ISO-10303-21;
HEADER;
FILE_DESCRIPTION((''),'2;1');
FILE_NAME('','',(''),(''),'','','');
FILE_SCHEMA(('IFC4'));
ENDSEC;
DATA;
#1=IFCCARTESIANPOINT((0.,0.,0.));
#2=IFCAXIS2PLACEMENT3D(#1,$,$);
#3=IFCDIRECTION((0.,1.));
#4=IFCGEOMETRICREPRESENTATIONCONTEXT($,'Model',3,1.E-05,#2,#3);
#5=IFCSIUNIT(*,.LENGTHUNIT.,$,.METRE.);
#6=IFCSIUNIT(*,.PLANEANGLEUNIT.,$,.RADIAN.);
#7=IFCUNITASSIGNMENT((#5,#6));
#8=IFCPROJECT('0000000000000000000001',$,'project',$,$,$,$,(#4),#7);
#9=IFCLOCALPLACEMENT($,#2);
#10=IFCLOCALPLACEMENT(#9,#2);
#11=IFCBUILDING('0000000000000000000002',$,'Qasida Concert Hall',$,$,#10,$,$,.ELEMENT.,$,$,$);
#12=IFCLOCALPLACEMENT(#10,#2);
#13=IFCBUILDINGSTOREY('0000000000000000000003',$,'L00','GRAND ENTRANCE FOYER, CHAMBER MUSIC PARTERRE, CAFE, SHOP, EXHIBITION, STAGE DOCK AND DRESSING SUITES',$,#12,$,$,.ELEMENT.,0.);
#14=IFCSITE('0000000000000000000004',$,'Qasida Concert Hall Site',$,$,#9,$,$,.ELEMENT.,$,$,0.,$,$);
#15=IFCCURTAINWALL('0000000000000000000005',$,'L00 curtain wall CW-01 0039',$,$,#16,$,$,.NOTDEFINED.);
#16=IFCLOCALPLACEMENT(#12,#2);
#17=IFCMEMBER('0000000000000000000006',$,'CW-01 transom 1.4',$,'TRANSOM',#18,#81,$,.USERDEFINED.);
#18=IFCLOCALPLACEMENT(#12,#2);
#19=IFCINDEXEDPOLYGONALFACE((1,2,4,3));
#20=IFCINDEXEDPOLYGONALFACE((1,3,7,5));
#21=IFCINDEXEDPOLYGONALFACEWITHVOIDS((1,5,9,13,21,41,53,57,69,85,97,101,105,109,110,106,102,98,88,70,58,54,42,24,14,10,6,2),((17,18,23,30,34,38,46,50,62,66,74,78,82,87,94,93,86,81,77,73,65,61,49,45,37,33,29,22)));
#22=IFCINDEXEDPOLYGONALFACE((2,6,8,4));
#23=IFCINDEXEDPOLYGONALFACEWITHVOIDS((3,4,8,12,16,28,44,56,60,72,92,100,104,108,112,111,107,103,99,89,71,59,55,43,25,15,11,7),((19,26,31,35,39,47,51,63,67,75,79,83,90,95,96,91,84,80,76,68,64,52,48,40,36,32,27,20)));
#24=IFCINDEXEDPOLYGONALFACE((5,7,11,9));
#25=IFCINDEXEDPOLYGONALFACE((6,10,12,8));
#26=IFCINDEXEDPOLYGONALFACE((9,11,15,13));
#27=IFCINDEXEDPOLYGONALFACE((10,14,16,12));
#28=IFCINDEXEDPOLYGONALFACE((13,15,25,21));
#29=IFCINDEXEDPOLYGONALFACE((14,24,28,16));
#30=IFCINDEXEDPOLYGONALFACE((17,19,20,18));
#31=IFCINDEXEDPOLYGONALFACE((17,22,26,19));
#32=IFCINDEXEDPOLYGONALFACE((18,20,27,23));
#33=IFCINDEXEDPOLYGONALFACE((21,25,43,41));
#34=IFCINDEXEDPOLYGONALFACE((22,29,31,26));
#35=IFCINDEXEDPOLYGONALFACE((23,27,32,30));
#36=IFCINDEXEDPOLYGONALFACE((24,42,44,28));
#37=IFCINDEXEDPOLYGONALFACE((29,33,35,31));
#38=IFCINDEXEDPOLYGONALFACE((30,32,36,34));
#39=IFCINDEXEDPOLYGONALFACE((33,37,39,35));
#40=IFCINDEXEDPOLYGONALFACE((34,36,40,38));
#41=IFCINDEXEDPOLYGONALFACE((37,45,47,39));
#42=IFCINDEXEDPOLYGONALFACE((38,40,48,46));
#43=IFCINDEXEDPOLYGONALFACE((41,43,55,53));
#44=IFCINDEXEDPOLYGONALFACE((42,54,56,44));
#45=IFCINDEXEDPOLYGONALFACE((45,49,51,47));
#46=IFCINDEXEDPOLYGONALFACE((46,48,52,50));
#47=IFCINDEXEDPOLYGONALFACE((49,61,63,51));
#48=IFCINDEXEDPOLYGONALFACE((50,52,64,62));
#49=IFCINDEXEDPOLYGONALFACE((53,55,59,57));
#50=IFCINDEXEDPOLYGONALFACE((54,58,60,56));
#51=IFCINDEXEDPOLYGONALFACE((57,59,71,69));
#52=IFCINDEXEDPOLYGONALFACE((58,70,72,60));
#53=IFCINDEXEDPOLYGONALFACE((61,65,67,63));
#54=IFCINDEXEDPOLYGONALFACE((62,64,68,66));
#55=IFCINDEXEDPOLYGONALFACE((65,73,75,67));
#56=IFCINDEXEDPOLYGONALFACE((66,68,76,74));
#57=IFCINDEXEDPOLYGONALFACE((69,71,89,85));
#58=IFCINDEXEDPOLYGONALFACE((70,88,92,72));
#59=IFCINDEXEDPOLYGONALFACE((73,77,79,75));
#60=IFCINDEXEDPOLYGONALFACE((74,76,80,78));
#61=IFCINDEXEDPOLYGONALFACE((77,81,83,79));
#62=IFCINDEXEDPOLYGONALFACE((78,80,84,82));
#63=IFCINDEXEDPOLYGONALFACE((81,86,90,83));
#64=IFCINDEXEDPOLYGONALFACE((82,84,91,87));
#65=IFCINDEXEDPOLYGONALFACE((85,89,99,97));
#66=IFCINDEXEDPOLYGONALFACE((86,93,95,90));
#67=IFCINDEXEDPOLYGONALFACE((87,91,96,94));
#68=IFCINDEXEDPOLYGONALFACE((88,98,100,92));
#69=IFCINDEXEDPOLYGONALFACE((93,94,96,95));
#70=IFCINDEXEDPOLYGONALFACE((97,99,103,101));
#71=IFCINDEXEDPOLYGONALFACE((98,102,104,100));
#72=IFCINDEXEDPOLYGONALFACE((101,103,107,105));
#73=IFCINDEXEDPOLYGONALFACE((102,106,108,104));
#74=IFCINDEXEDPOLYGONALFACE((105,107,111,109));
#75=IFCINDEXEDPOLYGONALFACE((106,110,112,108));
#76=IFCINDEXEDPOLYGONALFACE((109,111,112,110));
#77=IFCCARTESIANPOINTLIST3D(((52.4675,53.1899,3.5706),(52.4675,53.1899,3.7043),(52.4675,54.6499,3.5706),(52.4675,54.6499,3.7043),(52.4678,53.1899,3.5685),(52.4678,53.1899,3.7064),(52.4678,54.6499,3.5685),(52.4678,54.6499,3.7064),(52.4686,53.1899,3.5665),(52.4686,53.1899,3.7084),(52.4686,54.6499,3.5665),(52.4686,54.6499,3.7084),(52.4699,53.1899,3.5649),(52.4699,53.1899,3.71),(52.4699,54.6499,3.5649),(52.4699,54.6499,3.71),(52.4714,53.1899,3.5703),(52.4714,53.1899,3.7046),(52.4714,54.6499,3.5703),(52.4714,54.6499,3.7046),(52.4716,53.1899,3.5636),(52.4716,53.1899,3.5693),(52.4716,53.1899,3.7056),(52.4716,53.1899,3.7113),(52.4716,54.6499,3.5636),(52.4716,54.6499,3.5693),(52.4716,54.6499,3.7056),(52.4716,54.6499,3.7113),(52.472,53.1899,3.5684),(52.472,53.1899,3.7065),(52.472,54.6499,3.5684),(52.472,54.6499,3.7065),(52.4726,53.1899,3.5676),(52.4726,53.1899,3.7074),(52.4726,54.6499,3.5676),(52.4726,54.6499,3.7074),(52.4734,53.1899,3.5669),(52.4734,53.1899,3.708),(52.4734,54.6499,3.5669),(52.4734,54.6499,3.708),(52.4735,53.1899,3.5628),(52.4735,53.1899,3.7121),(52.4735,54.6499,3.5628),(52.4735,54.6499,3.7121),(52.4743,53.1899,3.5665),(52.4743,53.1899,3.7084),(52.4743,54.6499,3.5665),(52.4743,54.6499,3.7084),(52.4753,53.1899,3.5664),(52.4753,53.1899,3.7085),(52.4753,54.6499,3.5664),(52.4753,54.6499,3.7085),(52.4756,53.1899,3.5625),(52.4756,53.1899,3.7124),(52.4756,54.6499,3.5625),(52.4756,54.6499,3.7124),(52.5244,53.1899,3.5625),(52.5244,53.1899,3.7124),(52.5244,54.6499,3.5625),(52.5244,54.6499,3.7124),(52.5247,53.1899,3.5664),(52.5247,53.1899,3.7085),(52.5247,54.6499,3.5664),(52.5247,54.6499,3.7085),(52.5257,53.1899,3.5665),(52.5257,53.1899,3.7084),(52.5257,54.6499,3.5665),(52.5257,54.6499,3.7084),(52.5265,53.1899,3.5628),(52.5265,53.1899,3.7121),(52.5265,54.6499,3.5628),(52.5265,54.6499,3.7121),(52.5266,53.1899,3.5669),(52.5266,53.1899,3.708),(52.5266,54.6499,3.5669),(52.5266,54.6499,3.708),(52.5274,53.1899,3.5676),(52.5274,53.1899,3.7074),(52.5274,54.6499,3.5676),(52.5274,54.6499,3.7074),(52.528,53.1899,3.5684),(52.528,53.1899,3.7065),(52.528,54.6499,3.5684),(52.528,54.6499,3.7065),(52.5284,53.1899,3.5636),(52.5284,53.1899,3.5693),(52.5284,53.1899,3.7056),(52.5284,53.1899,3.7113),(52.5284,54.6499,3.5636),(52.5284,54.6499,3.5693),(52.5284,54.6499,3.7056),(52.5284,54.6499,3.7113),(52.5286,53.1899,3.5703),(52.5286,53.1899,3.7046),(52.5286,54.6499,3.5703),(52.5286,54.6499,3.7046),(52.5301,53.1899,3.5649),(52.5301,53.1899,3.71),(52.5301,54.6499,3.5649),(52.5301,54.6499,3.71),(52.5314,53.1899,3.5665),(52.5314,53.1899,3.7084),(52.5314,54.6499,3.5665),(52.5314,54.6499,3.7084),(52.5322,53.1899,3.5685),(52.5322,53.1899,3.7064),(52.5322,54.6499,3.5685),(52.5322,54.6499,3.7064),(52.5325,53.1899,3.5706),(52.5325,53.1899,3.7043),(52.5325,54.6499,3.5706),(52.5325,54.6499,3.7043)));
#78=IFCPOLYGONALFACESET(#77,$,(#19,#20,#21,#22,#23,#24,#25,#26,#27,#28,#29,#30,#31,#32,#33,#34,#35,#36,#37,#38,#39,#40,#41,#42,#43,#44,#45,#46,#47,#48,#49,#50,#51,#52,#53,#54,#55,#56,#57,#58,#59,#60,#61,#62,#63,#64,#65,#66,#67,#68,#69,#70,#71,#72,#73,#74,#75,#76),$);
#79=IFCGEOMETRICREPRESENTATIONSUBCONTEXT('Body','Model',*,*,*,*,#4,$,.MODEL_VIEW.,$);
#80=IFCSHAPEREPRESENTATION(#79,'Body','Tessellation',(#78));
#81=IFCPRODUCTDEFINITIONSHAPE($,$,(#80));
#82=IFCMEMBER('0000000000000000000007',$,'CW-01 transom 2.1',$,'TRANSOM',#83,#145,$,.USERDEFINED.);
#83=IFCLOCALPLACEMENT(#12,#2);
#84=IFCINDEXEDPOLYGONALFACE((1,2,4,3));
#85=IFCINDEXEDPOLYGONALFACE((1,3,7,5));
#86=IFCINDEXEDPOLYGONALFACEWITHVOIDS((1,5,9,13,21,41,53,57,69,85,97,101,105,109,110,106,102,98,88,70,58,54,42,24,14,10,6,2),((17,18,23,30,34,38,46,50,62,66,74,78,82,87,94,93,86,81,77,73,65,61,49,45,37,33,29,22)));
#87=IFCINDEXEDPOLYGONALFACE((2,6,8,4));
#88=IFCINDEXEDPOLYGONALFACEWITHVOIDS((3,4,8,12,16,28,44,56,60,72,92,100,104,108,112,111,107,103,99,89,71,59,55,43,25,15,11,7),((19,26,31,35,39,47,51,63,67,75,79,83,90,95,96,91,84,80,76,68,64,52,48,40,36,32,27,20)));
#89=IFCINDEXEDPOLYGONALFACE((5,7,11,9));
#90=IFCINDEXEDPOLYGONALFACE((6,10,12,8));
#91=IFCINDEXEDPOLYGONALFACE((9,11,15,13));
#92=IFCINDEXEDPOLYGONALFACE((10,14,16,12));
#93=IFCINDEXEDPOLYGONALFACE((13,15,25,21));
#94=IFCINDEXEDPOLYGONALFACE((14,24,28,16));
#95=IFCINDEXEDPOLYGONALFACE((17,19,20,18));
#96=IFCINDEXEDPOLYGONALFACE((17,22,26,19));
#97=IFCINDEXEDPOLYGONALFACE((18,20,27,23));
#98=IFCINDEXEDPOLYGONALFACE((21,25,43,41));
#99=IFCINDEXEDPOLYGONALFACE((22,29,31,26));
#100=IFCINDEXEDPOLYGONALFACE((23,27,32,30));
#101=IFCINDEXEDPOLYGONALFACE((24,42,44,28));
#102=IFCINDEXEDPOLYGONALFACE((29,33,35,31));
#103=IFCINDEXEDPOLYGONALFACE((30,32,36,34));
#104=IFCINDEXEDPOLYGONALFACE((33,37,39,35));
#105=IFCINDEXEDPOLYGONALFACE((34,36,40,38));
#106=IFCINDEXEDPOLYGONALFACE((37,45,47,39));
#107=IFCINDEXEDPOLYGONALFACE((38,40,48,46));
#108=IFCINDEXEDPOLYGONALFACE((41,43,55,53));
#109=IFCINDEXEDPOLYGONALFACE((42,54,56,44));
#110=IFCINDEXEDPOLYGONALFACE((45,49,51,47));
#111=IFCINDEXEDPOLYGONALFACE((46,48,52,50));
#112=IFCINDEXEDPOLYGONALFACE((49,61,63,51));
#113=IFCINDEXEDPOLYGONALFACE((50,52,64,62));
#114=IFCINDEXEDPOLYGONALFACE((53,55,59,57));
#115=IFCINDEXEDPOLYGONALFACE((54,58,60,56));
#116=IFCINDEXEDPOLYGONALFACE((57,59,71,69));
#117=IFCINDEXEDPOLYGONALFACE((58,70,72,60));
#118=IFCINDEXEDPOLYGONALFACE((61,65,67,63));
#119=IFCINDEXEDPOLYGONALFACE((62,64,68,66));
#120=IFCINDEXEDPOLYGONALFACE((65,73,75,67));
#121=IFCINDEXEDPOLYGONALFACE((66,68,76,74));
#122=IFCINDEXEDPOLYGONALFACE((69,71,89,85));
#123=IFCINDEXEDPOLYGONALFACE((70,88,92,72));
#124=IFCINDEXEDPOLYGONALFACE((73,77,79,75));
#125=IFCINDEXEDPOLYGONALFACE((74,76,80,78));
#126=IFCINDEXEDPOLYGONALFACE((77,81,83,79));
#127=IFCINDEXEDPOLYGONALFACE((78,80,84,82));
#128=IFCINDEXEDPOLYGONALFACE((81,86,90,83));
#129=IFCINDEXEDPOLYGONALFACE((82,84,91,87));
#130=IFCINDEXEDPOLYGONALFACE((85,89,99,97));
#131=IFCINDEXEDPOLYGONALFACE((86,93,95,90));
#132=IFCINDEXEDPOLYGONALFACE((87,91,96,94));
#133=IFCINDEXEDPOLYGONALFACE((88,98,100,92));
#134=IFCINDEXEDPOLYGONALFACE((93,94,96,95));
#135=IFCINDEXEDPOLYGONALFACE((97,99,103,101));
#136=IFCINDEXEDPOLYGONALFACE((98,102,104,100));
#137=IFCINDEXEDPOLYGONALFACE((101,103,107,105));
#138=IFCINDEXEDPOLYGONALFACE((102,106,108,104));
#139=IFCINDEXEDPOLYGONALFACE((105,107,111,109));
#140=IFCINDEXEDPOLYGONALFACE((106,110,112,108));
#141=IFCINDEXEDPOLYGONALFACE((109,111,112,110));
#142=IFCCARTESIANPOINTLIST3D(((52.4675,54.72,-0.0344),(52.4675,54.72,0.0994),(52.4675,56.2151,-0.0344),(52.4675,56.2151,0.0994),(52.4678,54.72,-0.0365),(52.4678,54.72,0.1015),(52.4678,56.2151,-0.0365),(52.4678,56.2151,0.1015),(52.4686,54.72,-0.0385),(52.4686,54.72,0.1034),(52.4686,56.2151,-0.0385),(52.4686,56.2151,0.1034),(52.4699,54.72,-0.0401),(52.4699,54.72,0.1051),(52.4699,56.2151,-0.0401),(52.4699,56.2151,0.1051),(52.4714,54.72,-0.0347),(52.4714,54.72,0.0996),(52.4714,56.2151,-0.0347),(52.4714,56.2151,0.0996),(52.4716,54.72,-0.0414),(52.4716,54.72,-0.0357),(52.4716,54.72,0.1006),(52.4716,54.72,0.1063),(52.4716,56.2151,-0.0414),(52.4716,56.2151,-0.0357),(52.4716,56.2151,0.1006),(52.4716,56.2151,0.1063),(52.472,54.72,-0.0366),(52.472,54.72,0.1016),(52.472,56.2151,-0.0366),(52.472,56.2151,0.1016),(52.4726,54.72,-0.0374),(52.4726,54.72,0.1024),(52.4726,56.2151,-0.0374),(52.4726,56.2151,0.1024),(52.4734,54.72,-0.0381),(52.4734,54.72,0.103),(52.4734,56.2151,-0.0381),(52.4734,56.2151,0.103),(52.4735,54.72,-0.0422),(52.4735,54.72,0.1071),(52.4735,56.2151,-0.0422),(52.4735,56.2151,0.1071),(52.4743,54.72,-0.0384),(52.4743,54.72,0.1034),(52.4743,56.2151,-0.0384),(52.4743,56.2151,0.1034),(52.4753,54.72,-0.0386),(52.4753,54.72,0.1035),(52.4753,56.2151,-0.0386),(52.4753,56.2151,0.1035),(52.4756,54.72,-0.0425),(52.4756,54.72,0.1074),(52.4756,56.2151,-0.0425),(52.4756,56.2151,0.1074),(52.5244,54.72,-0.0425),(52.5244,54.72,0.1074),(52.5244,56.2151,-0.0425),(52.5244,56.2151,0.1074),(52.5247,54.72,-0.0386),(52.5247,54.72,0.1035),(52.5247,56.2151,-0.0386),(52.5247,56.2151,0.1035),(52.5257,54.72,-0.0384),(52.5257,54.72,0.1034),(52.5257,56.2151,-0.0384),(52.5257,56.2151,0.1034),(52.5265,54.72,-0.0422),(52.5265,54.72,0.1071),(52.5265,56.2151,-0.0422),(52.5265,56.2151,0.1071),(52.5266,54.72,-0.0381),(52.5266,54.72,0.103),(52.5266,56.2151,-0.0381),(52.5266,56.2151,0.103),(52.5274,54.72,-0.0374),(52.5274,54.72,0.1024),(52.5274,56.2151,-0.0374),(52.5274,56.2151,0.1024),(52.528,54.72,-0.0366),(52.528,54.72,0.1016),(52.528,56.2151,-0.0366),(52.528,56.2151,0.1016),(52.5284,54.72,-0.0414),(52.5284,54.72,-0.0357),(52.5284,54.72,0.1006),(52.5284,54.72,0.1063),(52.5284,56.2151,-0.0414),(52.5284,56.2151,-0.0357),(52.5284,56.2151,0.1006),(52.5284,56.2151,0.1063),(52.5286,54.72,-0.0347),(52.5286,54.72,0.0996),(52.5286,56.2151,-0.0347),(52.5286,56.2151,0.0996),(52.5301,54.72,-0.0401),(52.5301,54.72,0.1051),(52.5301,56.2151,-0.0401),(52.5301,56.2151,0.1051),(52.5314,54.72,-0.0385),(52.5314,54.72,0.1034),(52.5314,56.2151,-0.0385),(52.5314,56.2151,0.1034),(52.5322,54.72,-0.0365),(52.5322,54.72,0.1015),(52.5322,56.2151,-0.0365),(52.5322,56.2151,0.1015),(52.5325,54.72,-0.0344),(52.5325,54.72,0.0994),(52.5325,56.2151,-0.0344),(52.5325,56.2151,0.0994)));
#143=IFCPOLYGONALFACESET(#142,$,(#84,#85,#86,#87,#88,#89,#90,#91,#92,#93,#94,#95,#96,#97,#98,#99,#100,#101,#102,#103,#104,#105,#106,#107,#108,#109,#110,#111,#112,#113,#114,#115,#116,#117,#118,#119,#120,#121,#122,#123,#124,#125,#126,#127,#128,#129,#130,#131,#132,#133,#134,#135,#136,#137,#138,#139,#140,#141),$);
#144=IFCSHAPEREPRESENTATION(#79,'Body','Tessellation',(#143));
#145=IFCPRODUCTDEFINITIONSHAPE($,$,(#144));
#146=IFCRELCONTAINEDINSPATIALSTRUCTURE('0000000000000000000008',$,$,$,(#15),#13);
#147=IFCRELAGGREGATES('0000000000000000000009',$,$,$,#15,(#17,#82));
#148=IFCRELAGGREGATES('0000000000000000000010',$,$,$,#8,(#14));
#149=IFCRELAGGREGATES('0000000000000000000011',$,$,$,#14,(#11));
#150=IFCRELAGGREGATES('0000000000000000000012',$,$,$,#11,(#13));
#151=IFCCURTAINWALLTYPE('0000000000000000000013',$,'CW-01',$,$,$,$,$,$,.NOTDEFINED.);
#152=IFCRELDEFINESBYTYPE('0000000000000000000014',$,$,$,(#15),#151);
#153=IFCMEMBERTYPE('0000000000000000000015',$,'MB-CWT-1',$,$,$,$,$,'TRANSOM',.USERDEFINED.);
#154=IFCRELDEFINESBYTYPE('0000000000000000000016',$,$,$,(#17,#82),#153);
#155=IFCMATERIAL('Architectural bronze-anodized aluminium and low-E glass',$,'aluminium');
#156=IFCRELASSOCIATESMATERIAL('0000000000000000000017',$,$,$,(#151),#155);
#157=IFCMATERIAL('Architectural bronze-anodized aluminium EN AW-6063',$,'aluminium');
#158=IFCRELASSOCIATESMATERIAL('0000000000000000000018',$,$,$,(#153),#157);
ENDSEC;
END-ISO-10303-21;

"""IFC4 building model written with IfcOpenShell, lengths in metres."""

from ifc_helpers import new_model, si_unit, direction, frame, origin, origin_2d, place, context, subcontext, project, spatial, hollow_rectangle, extrude, material, material_profile, profile_set, type_object, element, aggregate, save


model = new_model("IFC4")

# Units and contexts
model_context = context("Model", 3, precision=1e-05, world=origin(), true_north=direction((0.0, 1.0)))
body_context = subcontext(model_context, "Body", "Model", "MODEL_VIEW")
ifc_project = project(units=[si_unit("LENGTHUNIT", "METRE"), si_unit("PLANEANGLEUNIT", "RADIAN")], contexts=[model_context])

# Site, building, storey
site_placement = place(None, origin())
site = spatial("IfcSite", under=ifc_project, at=site_placement, Name="Qasida Concert Hall Site", CompositionType="ELEMENT", RefElevation=0.0)
building_placement = place(site_placement, origin())
building = spatial("IfcBuilding", under=site, at=building_placement, Name="Qasida Concert Hall", CompositionType="ELEMENT")
storey_placement = place(building_placement, origin())
storey = spatial("IfcBuildingStorey", under=building, at=storey_placement, Name="L00", Description="GRAND ENTRANCE FOYER, CHAMBER MUSIC PARTERRE, CAFE, SHOP, EXHIBITION, STAGE DOCK AND DRESSING SUITES", CompositionType="ELEMENT", Elevation=0.0)

# Curtain wall, members
ifc_material_1 = material(Name="Architectural bronze-anodized aluminium and low-E glass", Category="aluminium")
curtain_wall_type = type_object("IfcCurtainWallType", Name="CW-01", PredefinedType="NOTDEFINED", material=ifc_material_1)
curtain_wall_placement = place(storey_placement, origin())
curtain_wall = element("IfcCurtainWall", 1, at=curtain_wall_placement, inside=storey, type_object=curtain_wall_type, Name="L00 curtain wall CW-01 0039", PredefinedType="NOTDEFINED")
ifc_material_2 = material(Name="Architectural bronze-anodized aluminium EN AW-6063", Category="aluminium")
ifc_material_profile_1 = material_profile(ifc_material_2, hollow_rectangle(XDim=0.0649, YDim=0.1499, WallThickness=0.0039, InnerFilletRadius=0.0039, OuterFilletRadius=0.0081, at=origin_2d()), Name="CWT 150x65x4")
ifc_profile_set_1 = profile_set([ifc_material_profile_1], Name="Architectural bronze-anodized aluminium EN AW-6063")
member_type_1 = type_object("IfcMemberType", Name="MB-CWT-1", ElementType="TRANSOM", PredefinedType="USERDEFINED", material=ifc_profile_set_1)
member_1_placement = place(storey_placement, frame((52.5, 53.1899, 3.6375), z_axis=(0.0, 1.0, 0.0), x_axis=(-1.0, 0.0, 0.0)))
member_1 = element("IfcMember", 2, at=member_1_placement, type_object=member_type_1, Name="CW-01 transom 1.4", ObjectType="TRANSOM", PredefinedType="USERDEFINED", context=body_context, shape_type="SweptSolid", body=[
    extrude(hollow_rectangle(XDim=0.0649, YDim=0.1499, WallThickness=0.0039, InnerFilletRadius=0.0039, OuterFilletRadius=0.0081, at=origin_2d()), origin(), (0.0, 0.0, 1.0), 1.46),
])
member_2_placement = place(storey_placement, frame((52.5, 54.72, 0.0325), z_axis=(0.0, 1.0, 0.0), x_axis=(-1.0, 0.0, 0.0)))
member_2 = element("IfcMember", 3, at=member_2_placement, type_object=member_type_1, Name="CW-01 transom 2.1", ObjectType="TRANSOM", PredefinedType="USERDEFINED", context=body_context, shape_type="SweptSolid", body=[
    extrude(hollow_rectangle(XDim=0.0649, YDim=0.1499, WallThickness=0.0039, InnerFilletRadius=0.0039, OuterFilletRadius=0.0081, at=origin_2d()), origin(), (0.0, 0.0, 1.0), 1.4951),
])
aggregate(curtain_wall, [member_1, member_2])

save(model, "model.ifc")
